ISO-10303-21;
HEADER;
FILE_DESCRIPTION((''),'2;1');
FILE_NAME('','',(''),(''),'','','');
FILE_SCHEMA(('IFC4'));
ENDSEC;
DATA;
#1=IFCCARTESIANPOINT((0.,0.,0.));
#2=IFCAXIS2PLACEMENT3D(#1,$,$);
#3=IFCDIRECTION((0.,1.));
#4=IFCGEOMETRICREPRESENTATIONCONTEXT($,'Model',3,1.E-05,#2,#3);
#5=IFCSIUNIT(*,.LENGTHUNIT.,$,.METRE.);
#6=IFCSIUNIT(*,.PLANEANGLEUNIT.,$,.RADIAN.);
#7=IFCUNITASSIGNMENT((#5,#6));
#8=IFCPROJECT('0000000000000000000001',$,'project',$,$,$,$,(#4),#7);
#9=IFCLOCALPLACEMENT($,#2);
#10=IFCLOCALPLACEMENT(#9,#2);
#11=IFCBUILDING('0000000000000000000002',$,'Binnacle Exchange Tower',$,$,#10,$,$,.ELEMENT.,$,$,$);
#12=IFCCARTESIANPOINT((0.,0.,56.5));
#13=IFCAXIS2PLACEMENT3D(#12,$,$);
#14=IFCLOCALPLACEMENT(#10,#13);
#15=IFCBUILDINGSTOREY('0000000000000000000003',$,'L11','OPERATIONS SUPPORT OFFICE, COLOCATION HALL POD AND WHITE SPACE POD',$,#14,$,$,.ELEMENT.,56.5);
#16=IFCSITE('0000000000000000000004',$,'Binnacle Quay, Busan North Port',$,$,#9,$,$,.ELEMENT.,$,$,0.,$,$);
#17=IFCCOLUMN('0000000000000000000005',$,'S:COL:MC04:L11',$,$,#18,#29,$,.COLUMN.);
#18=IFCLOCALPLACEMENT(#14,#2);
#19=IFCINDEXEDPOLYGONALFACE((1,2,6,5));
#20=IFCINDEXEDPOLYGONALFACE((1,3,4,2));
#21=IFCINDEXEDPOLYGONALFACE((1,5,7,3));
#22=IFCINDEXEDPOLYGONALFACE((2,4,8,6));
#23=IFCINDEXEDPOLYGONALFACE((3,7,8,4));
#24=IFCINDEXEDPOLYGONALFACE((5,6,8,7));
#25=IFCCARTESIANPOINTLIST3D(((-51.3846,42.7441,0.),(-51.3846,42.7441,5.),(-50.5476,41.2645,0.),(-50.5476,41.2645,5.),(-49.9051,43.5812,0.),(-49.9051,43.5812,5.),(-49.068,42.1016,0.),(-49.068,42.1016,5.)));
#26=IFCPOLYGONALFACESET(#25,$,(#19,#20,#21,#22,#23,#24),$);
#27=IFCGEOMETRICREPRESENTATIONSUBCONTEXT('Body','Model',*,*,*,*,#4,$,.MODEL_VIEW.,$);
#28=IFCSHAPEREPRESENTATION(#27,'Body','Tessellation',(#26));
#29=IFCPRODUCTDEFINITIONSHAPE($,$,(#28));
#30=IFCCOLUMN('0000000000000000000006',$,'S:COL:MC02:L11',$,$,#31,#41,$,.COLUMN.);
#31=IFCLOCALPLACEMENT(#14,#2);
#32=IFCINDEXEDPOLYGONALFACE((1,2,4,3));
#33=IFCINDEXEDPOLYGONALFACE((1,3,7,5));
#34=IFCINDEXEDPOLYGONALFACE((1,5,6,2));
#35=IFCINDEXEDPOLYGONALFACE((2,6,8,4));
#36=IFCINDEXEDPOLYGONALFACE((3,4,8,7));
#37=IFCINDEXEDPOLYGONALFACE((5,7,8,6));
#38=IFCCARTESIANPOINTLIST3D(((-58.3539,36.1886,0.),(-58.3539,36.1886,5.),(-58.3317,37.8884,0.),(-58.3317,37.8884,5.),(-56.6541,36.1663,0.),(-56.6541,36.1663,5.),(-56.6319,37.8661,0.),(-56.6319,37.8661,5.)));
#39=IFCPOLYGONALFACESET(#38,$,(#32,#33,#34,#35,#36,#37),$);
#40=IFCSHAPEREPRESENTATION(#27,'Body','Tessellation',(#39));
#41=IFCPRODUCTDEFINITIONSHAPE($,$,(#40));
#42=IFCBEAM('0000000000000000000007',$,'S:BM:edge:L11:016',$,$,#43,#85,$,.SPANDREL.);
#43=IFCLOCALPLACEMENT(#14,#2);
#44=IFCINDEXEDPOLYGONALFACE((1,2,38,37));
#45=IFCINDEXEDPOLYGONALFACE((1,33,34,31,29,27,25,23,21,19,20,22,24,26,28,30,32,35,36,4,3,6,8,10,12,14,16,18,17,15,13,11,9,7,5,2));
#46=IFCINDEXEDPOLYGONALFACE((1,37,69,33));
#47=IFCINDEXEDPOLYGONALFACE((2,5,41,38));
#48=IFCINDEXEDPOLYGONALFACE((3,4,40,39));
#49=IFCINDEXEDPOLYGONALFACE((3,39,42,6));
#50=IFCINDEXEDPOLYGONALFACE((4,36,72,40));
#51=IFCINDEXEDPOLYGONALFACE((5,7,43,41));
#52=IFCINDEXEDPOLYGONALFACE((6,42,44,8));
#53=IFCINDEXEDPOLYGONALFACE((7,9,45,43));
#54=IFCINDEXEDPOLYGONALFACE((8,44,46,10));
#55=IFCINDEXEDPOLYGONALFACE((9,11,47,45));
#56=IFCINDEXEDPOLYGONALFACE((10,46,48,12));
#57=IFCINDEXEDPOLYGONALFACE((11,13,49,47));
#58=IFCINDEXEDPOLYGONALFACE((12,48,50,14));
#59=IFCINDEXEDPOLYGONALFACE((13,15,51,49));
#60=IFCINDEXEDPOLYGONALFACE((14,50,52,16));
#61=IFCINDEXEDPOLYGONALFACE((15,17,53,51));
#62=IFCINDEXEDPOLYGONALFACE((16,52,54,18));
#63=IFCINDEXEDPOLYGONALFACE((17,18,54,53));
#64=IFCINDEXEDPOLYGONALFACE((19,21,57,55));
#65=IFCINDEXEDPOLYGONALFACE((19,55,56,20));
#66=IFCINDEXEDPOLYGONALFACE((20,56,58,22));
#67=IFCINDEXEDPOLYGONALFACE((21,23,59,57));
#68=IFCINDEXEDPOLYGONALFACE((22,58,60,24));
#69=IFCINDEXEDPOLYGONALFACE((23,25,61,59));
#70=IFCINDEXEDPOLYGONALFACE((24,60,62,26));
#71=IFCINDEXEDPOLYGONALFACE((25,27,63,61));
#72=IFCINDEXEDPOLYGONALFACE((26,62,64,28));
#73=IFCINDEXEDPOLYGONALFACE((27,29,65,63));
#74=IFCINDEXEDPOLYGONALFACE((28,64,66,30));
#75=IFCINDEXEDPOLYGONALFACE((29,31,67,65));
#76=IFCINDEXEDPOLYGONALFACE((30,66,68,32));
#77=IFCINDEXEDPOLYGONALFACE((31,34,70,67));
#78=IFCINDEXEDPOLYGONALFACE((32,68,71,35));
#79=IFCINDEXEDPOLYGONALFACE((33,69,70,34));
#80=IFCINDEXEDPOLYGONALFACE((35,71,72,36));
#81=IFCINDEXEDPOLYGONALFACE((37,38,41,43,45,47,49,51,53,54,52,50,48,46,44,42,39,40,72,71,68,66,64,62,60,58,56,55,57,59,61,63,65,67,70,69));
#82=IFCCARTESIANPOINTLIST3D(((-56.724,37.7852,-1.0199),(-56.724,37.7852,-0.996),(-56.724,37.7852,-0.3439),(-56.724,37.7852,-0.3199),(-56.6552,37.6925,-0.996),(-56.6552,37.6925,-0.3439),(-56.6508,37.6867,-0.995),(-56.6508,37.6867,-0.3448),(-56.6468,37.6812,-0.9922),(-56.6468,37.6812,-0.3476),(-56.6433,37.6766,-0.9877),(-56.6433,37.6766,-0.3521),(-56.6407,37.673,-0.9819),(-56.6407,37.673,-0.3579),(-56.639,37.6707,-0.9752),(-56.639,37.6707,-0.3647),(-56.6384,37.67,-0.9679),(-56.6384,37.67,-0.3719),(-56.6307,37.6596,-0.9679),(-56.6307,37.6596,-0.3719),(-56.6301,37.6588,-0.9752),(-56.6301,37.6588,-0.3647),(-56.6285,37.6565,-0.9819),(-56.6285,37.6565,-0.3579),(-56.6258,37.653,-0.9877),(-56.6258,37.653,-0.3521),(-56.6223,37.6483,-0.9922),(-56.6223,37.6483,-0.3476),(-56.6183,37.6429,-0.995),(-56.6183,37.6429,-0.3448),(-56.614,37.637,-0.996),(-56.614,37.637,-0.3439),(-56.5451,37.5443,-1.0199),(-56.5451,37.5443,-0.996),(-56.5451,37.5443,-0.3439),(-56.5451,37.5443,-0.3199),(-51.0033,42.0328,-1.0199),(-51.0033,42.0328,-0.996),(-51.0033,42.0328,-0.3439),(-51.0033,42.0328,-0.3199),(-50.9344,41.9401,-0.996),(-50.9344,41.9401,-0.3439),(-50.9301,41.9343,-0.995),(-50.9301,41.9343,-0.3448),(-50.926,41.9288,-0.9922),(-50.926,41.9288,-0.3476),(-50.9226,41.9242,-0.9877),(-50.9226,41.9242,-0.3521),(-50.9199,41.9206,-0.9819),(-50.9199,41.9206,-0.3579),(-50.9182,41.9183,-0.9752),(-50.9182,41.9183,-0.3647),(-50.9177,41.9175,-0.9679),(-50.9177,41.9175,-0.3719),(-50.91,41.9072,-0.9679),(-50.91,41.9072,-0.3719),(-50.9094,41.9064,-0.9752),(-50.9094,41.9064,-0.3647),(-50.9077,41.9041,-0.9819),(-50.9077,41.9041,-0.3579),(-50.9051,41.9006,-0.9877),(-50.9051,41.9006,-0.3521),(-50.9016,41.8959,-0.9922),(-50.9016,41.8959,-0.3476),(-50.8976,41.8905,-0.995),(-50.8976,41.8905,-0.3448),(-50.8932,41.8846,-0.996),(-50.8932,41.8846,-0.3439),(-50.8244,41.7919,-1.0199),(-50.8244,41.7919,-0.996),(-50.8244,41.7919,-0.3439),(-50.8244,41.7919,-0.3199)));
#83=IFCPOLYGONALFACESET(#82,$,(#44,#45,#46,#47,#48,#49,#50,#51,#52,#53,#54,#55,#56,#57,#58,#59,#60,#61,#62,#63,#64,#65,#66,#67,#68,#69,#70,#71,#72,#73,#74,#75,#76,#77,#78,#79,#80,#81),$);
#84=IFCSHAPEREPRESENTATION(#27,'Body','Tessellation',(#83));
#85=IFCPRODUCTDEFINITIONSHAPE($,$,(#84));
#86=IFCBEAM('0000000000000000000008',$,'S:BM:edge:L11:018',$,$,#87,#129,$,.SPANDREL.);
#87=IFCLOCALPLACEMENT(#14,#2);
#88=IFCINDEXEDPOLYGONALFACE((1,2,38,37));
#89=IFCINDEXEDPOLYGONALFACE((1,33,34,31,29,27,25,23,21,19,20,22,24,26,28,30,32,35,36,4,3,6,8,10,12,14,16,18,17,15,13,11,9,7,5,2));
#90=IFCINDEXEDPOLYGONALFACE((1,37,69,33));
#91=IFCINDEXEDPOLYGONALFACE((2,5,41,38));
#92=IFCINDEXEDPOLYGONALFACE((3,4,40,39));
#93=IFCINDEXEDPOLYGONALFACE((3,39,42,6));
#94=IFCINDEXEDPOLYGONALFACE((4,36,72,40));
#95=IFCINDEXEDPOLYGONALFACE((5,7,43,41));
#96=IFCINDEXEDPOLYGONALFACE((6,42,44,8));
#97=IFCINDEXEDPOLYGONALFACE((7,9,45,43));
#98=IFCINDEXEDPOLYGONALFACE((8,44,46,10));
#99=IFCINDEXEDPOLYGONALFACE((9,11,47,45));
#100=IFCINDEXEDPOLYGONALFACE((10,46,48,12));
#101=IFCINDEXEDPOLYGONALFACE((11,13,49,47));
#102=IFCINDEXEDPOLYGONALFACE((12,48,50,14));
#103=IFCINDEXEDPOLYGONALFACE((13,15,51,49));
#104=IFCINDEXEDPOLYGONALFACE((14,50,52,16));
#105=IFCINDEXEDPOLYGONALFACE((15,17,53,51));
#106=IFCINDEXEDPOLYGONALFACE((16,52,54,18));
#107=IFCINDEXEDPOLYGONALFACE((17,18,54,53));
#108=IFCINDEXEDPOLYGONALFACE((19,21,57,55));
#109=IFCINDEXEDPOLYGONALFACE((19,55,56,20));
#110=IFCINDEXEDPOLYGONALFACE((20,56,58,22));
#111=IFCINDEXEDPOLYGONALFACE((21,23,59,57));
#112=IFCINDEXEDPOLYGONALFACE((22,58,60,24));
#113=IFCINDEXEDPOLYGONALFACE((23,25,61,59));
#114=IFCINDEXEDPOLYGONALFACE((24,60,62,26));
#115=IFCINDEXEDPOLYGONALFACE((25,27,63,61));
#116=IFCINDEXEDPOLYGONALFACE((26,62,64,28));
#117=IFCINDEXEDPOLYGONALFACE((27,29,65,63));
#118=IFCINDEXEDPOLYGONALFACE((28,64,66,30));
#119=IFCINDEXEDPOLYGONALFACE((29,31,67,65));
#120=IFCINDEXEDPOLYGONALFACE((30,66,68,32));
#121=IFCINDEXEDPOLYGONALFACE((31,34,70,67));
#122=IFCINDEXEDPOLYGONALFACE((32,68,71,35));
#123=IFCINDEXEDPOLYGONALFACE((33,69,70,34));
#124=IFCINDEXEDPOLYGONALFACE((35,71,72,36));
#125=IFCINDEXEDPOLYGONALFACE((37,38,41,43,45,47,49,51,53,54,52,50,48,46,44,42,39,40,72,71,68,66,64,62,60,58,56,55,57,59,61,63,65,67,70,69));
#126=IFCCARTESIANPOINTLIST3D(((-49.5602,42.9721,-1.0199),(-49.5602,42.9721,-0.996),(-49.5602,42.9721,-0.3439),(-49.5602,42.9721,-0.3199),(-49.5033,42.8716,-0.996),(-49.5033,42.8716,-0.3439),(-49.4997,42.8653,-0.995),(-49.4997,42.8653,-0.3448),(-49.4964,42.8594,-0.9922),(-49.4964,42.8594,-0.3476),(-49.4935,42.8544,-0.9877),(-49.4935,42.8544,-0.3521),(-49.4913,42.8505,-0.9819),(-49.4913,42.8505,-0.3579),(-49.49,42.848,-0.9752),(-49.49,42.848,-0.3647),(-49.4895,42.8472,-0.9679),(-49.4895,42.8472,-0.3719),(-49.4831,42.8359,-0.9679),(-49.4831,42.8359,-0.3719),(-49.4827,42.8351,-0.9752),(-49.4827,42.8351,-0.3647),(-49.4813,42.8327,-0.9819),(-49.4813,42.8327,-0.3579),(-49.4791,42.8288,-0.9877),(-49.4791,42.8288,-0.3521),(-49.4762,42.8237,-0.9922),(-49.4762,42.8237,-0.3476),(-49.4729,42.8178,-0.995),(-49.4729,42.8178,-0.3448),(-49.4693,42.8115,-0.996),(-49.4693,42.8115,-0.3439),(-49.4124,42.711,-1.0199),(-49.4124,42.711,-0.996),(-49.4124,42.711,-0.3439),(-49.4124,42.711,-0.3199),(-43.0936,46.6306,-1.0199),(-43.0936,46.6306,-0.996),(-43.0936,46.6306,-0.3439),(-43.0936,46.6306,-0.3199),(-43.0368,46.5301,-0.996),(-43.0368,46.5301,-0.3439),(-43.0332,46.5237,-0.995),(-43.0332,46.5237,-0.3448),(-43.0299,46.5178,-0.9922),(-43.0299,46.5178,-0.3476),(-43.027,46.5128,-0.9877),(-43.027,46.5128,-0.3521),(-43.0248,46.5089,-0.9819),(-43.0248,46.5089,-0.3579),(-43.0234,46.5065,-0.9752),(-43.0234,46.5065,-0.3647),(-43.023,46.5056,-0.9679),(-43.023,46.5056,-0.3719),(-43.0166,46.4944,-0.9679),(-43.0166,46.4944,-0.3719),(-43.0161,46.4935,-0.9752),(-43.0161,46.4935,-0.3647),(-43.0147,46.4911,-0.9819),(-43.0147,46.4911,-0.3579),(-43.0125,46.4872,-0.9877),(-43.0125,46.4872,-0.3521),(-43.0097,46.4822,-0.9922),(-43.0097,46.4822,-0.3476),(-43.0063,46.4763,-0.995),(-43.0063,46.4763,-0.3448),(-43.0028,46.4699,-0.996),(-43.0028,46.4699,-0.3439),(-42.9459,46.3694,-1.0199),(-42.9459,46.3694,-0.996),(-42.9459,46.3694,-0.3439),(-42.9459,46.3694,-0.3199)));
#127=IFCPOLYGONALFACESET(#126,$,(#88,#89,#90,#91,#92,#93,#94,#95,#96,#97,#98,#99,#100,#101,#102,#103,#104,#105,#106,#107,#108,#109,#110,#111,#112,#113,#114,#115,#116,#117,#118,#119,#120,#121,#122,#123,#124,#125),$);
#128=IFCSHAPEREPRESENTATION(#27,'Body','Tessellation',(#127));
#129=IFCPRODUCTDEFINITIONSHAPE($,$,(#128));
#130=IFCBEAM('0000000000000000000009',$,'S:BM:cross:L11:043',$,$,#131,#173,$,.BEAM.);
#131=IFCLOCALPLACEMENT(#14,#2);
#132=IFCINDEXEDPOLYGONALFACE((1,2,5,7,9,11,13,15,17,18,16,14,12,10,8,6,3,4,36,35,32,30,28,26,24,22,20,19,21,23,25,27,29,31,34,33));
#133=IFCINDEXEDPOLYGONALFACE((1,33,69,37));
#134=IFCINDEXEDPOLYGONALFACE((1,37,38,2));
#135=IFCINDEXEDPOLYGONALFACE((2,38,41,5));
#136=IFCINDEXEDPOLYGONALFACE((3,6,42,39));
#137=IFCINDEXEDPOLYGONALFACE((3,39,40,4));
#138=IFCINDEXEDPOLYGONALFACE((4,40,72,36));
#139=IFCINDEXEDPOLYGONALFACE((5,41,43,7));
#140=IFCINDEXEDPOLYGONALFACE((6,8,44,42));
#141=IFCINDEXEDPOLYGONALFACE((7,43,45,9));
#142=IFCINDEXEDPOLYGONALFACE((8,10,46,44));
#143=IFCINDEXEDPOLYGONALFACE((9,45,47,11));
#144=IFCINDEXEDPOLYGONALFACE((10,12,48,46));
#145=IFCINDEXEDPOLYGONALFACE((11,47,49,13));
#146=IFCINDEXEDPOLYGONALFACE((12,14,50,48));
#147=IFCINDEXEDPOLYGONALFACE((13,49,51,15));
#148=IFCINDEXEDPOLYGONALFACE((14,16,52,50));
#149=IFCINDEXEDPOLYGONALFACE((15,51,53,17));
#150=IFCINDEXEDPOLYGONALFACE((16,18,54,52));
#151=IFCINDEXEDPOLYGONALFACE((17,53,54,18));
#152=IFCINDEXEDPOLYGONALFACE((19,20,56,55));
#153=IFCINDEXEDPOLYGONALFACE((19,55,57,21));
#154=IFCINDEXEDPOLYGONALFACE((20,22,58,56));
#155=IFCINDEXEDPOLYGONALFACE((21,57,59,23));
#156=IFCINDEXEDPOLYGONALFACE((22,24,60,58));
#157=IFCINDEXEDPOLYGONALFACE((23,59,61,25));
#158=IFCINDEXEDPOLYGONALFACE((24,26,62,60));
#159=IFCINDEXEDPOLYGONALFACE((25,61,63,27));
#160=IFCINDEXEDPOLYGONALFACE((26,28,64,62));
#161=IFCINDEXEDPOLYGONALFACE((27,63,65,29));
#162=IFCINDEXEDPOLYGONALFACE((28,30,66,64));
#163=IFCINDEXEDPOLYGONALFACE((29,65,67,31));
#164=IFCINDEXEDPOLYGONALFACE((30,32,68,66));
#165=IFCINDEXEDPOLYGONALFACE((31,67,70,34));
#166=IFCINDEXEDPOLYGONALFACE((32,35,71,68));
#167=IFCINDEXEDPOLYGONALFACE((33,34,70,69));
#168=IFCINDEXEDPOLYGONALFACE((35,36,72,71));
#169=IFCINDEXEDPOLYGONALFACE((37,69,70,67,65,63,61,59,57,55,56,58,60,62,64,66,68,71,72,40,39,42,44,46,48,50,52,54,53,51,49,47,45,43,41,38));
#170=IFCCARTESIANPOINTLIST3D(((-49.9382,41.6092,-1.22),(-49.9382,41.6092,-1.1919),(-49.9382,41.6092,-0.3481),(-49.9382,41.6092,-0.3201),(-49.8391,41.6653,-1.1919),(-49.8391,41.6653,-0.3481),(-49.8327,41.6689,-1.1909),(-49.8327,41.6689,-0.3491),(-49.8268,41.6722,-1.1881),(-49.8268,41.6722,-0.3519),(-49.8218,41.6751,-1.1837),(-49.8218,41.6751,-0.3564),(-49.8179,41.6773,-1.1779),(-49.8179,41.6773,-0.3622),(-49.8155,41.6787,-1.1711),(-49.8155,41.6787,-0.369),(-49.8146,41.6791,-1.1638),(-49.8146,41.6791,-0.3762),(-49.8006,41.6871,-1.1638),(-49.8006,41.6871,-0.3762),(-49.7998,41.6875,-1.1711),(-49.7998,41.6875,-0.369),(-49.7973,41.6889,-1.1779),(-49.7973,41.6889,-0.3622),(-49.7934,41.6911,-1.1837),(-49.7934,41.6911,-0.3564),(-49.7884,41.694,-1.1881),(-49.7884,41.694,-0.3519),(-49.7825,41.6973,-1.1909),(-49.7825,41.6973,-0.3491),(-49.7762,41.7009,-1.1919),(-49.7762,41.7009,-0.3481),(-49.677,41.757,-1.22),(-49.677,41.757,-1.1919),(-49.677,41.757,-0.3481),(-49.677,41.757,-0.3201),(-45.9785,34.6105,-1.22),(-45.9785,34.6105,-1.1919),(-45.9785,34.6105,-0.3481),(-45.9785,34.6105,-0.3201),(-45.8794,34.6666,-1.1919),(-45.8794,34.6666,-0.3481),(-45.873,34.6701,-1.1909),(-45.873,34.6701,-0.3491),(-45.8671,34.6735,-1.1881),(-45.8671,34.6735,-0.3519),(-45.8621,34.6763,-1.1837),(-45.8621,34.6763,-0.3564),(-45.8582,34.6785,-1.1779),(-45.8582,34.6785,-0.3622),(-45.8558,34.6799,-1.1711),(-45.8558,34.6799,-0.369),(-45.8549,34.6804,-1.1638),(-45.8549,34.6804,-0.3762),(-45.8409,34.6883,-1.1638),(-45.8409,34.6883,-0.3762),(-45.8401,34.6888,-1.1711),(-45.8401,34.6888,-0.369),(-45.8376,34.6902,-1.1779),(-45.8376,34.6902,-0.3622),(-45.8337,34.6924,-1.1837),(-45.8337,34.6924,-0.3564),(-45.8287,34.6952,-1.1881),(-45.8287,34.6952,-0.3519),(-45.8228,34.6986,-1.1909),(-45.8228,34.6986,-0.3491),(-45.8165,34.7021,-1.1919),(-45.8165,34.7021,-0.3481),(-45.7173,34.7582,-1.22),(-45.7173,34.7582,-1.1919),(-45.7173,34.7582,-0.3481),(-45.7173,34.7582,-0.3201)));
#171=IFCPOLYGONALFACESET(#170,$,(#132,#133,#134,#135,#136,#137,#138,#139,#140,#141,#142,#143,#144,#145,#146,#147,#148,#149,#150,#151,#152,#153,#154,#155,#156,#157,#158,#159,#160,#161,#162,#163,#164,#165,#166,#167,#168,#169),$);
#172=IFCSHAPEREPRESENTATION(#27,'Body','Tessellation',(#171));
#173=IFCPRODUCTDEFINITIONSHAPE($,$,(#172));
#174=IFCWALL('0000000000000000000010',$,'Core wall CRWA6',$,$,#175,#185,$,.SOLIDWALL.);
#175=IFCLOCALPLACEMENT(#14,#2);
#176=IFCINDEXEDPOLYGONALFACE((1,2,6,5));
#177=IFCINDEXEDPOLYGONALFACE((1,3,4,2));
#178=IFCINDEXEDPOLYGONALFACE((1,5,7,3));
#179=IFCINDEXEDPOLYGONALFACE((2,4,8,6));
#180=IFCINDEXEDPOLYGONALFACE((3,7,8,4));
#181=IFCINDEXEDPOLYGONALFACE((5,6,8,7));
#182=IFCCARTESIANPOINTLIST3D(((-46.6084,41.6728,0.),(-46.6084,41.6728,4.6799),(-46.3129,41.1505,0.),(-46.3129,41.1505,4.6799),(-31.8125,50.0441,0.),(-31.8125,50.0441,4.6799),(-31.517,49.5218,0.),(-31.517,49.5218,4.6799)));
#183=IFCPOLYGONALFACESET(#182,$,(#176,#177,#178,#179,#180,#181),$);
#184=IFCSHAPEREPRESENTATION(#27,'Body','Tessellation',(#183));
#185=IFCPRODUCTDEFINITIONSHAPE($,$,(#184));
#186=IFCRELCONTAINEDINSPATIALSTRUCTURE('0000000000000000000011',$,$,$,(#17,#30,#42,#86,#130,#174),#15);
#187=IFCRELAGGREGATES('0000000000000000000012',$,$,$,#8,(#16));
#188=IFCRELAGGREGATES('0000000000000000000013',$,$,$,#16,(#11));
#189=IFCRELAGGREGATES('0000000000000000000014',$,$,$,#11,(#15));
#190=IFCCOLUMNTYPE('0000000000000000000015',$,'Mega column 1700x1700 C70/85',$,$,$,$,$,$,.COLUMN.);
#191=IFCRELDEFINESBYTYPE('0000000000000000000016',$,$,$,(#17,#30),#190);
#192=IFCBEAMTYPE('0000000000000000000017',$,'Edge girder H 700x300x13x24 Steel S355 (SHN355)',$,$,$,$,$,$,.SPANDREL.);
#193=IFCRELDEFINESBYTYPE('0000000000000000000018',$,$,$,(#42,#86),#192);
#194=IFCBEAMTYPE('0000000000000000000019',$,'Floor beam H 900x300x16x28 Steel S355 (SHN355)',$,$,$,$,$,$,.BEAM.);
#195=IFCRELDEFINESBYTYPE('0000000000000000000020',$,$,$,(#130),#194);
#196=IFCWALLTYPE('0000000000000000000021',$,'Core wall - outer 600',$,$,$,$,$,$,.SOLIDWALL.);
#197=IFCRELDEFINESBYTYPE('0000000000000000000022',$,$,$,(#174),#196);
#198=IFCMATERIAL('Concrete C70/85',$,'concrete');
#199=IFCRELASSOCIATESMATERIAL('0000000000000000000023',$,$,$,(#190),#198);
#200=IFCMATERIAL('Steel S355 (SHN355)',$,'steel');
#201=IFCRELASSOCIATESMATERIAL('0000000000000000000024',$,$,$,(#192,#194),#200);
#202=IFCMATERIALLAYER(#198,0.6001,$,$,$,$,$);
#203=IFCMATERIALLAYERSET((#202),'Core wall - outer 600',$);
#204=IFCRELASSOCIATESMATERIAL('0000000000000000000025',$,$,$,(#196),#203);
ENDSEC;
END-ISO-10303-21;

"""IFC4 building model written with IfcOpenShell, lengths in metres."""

from ifc_helpers import new_model, si_unit, direction, frame, frame_2d, origin, origin_2d, place, context, subcontext, project, spatial, rectangle, i_section, extrude, material, layer, layer_set, material_profile, profile_set, type_object, element, save


model = new_model("IFC4")

# Units and contexts
model_context = context("Model", 3, precision=1e-05, world=origin(), true_north=direction((0.0, 1.0)))
body_context = subcontext(model_context, "Body", "Model", "MODEL_VIEW")
ifc_project = project(units=[si_unit("LENGTHUNIT", "METRE"), si_unit("PLANEANGLEUNIT", "RADIAN")], contexts=[model_context])

# Site, building, storey
site_placement = place(None, origin())
site = spatial("IfcSite", under=ifc_project, at=site_placement, Name="Binnacle Quay, Busan North Port", CompositionType="ELEMENT", RefElevation=0.0)
building_placement = place(site_placement, origin())
building = spatial("IfcBuilding", under=site, at=building_placement, Name="Binnacle Exchange Tower", CompositionType="ELEMENT")
storey_placement = place(building_placement, frame((0.0, 0.0, 56.5)))
storey = spatial("IfcBuildingStorey", under=building, at=storey_placement, Name="L11", Description="OPERATIONS SUPPORT OFFICE, COLOCATION HALL POD AND WHITE SPACE POD", CompositionType="ELEMENT", Elevation=56.5)

# Columns
ifc_material_1 = material(Name="Concrete C70/85", Category="concrete")
ifc_material_profile_1 = material_profile(ifc_material_1, rectangle(XDim=1.7, YDim=1.7, at=origin_2d()), Name="Mega column 1700x1700 C70/85")
ifc_profile_set_1 = profile_set([ifc_material_profile_1], Name="Concrete C70/85")
column_type = type_object("IfcColumnType", Name="Mega column 1700x1700 C70/85", PredefinedType="COLUMN", material=ifc_profile_set_1)
for number, where, z_axis, x_axis, name in (
    (1, (-50.2263, 42.4229, 0.0), (0.0, 0.0, 1.0), (-0.870356, -0.492424, 0.0), "S:COL:MC04:L11"),
    (2, (-57.4929, 37.0273, 0.0), (0.0, 0.0, 1.0), (-0.01309, -0.999914, 0.0), "S:COL:MC02:L11"),
):
    element("IfcColumn", number, at=place(storey_placement, frame(where, z_axis=z_axis, x_axis=x_axis)), inside=storey, type_object=column_type, Name=name, PredefinedType="COLUMN", context=body_context, shape_type="SweptSolid", body=[
        extrude(rectangle(XDim=1.7, YDim=1.7, at=origin_2d()), origin(), (0.0, 0.0, 1.0), 5.0),
    ])

# Beams
ifc_material_2 = material(Name="Steel S355 (SHN355)", Category="steel")
ifc_material_profile_2 = material_profile(ifc_material_2, i_section(OverallWidth=0.3, OverallDepth=0.7, WebThickness=0.0129, FlangeThickness=0.0239, FilletRadius=0.0281, at=origin_2d()), Name="H 700x300x13x24")
ifc_profile_set_2 = profile_set([ifc_material_profile_2], Name="Steel S355 (SHN355)")
beam_type_1 = type_object("IfcBeamType", Name="Edge girder H 700x300x13x24 Steel S355 (SHN355)", PredefinedType="SPANDREL", material=ifc_profile_set_2)
beam_1_placement = place(storey_placement, frame((-50.9138, 41.9124, -0.6699), z_axis=(-0.802885, -0.596133, 0.0), x_axis=(0.596133, -0.802885, 0.0)))
element("IfcBeam", 3, at=beam_1_placement, inside=storey, type_object=beam_type_1, Name="S:BM:edge:L11:016", PredefinedType="SPANDREL", context=body_context, shape_type="SweptSolid", body=[
    extrude(i_section(OverallWidth=0.3, OverallDepth=0.7, WebThickness=0.0129, FlangeThickness=0.0239, FilletRadius=0.0281, at=origin_2d()), origin(), (0.0, 0.0, 1.0), 7.1252),
])
beam_2_placement = place(storey_placement, frame((-43.0198, 46.5, -0.6699), z_axis=(-0.870364, -0.492408, 0.0), x_axis=(0.492408, -0.870364, 0.0)))
element("IfcBeam", 4, at=beam_2_placement, inside=storey, type_object=beam_type_1, Name="S:BM:edge:L11:018", PredefinedType="SPANDREL", context=body_context, shape_type="SweptSolid", body=[
    extrude(i_section(OverallWidth=0.3, OverallDepth=0.7, WebThickness=0.0129, FlangeThickness=0.0239, FilletRadius=0.0281, at=origin_2d()), origin(), (0.0, 0.0, 1.0), 7.4297),
])
ifc_material_profile_3 = material_profile(ifc_material_2, i_section(OverallWidth=0.3, OverallDepth=0.8999, WebThickness=0.0161, FlangeThickness=0.0281, FilletRadius=0.0281, at=origin_2d()), Name="H 900x300x16x28")
ifc_profile_set_3 = profile_set([ifc_material_profile_3], Name="Steel S355 (SHN355)")
beam_type_2 = type_object("IfcBeamType", Name="Floor beam H 900x300x16x28 Steel S355 (SHN355)", PredefinedType="BEAM", material=ifc_profile_set_3)
beam_3_placement = place(storey_placement, frame((-49.8076, 41.6831, -0.77), z_axis=(0.492423, -0.870356, 0.0), x_axis=(0.870356, 0.492423, 0.0)))
element("IfcBeam", 5, at=beam_3_placement, inside=storey, type_object=beam_type_2, Name="S:BM:cross:L11:043", PredefinedType="BEAM", context=body_context, shape_type="SweptSolid", body=[
    extrude(i_section(OverallWidth=0.3, OverallDepth=0.8999, WebThickness=0.0161, FlangeThickness=0.0281, FilletRadius=0.0281, at=origin_2d()), origin(), (0.0, 0.0, 1.0), 8.0413),
])

# Wall
ifc_layer_1 = layer(ifc_material_1, 0.6001)
ifc_layer_set_1 = layer_set([ifc_layer_1], Name="Core wall - outer 600")
wall_type_1 = type_object("IfcWallType", Name="Core wall - outer 600", PredefinedType="SOLIDWALL", material=ifc_layer_set_1)
wall_1_placement = place(storey_placement, frame((-46.4607, 41.4116, 0.0), z_axis=(0.0, 0.0, 1.0), x_axis=(0.87035, 0.492433, 0.0)))
element("IfcWall", 6, at=wall_1_placement, inside=storey, type_object=wall_type_1, Name="Core wall CRWA6", PredefinedType="SOLIDWALL", context=body_context, shape_type="SweptSolid", body=[
    extrude(rectangle(XDim=17.0, YDim=0.6001, at=frame_2d((8.5, 0.0))), origin(), (0.0, 0.0, 1.0), 4.6799),
])

save(model, "model.ifc")
